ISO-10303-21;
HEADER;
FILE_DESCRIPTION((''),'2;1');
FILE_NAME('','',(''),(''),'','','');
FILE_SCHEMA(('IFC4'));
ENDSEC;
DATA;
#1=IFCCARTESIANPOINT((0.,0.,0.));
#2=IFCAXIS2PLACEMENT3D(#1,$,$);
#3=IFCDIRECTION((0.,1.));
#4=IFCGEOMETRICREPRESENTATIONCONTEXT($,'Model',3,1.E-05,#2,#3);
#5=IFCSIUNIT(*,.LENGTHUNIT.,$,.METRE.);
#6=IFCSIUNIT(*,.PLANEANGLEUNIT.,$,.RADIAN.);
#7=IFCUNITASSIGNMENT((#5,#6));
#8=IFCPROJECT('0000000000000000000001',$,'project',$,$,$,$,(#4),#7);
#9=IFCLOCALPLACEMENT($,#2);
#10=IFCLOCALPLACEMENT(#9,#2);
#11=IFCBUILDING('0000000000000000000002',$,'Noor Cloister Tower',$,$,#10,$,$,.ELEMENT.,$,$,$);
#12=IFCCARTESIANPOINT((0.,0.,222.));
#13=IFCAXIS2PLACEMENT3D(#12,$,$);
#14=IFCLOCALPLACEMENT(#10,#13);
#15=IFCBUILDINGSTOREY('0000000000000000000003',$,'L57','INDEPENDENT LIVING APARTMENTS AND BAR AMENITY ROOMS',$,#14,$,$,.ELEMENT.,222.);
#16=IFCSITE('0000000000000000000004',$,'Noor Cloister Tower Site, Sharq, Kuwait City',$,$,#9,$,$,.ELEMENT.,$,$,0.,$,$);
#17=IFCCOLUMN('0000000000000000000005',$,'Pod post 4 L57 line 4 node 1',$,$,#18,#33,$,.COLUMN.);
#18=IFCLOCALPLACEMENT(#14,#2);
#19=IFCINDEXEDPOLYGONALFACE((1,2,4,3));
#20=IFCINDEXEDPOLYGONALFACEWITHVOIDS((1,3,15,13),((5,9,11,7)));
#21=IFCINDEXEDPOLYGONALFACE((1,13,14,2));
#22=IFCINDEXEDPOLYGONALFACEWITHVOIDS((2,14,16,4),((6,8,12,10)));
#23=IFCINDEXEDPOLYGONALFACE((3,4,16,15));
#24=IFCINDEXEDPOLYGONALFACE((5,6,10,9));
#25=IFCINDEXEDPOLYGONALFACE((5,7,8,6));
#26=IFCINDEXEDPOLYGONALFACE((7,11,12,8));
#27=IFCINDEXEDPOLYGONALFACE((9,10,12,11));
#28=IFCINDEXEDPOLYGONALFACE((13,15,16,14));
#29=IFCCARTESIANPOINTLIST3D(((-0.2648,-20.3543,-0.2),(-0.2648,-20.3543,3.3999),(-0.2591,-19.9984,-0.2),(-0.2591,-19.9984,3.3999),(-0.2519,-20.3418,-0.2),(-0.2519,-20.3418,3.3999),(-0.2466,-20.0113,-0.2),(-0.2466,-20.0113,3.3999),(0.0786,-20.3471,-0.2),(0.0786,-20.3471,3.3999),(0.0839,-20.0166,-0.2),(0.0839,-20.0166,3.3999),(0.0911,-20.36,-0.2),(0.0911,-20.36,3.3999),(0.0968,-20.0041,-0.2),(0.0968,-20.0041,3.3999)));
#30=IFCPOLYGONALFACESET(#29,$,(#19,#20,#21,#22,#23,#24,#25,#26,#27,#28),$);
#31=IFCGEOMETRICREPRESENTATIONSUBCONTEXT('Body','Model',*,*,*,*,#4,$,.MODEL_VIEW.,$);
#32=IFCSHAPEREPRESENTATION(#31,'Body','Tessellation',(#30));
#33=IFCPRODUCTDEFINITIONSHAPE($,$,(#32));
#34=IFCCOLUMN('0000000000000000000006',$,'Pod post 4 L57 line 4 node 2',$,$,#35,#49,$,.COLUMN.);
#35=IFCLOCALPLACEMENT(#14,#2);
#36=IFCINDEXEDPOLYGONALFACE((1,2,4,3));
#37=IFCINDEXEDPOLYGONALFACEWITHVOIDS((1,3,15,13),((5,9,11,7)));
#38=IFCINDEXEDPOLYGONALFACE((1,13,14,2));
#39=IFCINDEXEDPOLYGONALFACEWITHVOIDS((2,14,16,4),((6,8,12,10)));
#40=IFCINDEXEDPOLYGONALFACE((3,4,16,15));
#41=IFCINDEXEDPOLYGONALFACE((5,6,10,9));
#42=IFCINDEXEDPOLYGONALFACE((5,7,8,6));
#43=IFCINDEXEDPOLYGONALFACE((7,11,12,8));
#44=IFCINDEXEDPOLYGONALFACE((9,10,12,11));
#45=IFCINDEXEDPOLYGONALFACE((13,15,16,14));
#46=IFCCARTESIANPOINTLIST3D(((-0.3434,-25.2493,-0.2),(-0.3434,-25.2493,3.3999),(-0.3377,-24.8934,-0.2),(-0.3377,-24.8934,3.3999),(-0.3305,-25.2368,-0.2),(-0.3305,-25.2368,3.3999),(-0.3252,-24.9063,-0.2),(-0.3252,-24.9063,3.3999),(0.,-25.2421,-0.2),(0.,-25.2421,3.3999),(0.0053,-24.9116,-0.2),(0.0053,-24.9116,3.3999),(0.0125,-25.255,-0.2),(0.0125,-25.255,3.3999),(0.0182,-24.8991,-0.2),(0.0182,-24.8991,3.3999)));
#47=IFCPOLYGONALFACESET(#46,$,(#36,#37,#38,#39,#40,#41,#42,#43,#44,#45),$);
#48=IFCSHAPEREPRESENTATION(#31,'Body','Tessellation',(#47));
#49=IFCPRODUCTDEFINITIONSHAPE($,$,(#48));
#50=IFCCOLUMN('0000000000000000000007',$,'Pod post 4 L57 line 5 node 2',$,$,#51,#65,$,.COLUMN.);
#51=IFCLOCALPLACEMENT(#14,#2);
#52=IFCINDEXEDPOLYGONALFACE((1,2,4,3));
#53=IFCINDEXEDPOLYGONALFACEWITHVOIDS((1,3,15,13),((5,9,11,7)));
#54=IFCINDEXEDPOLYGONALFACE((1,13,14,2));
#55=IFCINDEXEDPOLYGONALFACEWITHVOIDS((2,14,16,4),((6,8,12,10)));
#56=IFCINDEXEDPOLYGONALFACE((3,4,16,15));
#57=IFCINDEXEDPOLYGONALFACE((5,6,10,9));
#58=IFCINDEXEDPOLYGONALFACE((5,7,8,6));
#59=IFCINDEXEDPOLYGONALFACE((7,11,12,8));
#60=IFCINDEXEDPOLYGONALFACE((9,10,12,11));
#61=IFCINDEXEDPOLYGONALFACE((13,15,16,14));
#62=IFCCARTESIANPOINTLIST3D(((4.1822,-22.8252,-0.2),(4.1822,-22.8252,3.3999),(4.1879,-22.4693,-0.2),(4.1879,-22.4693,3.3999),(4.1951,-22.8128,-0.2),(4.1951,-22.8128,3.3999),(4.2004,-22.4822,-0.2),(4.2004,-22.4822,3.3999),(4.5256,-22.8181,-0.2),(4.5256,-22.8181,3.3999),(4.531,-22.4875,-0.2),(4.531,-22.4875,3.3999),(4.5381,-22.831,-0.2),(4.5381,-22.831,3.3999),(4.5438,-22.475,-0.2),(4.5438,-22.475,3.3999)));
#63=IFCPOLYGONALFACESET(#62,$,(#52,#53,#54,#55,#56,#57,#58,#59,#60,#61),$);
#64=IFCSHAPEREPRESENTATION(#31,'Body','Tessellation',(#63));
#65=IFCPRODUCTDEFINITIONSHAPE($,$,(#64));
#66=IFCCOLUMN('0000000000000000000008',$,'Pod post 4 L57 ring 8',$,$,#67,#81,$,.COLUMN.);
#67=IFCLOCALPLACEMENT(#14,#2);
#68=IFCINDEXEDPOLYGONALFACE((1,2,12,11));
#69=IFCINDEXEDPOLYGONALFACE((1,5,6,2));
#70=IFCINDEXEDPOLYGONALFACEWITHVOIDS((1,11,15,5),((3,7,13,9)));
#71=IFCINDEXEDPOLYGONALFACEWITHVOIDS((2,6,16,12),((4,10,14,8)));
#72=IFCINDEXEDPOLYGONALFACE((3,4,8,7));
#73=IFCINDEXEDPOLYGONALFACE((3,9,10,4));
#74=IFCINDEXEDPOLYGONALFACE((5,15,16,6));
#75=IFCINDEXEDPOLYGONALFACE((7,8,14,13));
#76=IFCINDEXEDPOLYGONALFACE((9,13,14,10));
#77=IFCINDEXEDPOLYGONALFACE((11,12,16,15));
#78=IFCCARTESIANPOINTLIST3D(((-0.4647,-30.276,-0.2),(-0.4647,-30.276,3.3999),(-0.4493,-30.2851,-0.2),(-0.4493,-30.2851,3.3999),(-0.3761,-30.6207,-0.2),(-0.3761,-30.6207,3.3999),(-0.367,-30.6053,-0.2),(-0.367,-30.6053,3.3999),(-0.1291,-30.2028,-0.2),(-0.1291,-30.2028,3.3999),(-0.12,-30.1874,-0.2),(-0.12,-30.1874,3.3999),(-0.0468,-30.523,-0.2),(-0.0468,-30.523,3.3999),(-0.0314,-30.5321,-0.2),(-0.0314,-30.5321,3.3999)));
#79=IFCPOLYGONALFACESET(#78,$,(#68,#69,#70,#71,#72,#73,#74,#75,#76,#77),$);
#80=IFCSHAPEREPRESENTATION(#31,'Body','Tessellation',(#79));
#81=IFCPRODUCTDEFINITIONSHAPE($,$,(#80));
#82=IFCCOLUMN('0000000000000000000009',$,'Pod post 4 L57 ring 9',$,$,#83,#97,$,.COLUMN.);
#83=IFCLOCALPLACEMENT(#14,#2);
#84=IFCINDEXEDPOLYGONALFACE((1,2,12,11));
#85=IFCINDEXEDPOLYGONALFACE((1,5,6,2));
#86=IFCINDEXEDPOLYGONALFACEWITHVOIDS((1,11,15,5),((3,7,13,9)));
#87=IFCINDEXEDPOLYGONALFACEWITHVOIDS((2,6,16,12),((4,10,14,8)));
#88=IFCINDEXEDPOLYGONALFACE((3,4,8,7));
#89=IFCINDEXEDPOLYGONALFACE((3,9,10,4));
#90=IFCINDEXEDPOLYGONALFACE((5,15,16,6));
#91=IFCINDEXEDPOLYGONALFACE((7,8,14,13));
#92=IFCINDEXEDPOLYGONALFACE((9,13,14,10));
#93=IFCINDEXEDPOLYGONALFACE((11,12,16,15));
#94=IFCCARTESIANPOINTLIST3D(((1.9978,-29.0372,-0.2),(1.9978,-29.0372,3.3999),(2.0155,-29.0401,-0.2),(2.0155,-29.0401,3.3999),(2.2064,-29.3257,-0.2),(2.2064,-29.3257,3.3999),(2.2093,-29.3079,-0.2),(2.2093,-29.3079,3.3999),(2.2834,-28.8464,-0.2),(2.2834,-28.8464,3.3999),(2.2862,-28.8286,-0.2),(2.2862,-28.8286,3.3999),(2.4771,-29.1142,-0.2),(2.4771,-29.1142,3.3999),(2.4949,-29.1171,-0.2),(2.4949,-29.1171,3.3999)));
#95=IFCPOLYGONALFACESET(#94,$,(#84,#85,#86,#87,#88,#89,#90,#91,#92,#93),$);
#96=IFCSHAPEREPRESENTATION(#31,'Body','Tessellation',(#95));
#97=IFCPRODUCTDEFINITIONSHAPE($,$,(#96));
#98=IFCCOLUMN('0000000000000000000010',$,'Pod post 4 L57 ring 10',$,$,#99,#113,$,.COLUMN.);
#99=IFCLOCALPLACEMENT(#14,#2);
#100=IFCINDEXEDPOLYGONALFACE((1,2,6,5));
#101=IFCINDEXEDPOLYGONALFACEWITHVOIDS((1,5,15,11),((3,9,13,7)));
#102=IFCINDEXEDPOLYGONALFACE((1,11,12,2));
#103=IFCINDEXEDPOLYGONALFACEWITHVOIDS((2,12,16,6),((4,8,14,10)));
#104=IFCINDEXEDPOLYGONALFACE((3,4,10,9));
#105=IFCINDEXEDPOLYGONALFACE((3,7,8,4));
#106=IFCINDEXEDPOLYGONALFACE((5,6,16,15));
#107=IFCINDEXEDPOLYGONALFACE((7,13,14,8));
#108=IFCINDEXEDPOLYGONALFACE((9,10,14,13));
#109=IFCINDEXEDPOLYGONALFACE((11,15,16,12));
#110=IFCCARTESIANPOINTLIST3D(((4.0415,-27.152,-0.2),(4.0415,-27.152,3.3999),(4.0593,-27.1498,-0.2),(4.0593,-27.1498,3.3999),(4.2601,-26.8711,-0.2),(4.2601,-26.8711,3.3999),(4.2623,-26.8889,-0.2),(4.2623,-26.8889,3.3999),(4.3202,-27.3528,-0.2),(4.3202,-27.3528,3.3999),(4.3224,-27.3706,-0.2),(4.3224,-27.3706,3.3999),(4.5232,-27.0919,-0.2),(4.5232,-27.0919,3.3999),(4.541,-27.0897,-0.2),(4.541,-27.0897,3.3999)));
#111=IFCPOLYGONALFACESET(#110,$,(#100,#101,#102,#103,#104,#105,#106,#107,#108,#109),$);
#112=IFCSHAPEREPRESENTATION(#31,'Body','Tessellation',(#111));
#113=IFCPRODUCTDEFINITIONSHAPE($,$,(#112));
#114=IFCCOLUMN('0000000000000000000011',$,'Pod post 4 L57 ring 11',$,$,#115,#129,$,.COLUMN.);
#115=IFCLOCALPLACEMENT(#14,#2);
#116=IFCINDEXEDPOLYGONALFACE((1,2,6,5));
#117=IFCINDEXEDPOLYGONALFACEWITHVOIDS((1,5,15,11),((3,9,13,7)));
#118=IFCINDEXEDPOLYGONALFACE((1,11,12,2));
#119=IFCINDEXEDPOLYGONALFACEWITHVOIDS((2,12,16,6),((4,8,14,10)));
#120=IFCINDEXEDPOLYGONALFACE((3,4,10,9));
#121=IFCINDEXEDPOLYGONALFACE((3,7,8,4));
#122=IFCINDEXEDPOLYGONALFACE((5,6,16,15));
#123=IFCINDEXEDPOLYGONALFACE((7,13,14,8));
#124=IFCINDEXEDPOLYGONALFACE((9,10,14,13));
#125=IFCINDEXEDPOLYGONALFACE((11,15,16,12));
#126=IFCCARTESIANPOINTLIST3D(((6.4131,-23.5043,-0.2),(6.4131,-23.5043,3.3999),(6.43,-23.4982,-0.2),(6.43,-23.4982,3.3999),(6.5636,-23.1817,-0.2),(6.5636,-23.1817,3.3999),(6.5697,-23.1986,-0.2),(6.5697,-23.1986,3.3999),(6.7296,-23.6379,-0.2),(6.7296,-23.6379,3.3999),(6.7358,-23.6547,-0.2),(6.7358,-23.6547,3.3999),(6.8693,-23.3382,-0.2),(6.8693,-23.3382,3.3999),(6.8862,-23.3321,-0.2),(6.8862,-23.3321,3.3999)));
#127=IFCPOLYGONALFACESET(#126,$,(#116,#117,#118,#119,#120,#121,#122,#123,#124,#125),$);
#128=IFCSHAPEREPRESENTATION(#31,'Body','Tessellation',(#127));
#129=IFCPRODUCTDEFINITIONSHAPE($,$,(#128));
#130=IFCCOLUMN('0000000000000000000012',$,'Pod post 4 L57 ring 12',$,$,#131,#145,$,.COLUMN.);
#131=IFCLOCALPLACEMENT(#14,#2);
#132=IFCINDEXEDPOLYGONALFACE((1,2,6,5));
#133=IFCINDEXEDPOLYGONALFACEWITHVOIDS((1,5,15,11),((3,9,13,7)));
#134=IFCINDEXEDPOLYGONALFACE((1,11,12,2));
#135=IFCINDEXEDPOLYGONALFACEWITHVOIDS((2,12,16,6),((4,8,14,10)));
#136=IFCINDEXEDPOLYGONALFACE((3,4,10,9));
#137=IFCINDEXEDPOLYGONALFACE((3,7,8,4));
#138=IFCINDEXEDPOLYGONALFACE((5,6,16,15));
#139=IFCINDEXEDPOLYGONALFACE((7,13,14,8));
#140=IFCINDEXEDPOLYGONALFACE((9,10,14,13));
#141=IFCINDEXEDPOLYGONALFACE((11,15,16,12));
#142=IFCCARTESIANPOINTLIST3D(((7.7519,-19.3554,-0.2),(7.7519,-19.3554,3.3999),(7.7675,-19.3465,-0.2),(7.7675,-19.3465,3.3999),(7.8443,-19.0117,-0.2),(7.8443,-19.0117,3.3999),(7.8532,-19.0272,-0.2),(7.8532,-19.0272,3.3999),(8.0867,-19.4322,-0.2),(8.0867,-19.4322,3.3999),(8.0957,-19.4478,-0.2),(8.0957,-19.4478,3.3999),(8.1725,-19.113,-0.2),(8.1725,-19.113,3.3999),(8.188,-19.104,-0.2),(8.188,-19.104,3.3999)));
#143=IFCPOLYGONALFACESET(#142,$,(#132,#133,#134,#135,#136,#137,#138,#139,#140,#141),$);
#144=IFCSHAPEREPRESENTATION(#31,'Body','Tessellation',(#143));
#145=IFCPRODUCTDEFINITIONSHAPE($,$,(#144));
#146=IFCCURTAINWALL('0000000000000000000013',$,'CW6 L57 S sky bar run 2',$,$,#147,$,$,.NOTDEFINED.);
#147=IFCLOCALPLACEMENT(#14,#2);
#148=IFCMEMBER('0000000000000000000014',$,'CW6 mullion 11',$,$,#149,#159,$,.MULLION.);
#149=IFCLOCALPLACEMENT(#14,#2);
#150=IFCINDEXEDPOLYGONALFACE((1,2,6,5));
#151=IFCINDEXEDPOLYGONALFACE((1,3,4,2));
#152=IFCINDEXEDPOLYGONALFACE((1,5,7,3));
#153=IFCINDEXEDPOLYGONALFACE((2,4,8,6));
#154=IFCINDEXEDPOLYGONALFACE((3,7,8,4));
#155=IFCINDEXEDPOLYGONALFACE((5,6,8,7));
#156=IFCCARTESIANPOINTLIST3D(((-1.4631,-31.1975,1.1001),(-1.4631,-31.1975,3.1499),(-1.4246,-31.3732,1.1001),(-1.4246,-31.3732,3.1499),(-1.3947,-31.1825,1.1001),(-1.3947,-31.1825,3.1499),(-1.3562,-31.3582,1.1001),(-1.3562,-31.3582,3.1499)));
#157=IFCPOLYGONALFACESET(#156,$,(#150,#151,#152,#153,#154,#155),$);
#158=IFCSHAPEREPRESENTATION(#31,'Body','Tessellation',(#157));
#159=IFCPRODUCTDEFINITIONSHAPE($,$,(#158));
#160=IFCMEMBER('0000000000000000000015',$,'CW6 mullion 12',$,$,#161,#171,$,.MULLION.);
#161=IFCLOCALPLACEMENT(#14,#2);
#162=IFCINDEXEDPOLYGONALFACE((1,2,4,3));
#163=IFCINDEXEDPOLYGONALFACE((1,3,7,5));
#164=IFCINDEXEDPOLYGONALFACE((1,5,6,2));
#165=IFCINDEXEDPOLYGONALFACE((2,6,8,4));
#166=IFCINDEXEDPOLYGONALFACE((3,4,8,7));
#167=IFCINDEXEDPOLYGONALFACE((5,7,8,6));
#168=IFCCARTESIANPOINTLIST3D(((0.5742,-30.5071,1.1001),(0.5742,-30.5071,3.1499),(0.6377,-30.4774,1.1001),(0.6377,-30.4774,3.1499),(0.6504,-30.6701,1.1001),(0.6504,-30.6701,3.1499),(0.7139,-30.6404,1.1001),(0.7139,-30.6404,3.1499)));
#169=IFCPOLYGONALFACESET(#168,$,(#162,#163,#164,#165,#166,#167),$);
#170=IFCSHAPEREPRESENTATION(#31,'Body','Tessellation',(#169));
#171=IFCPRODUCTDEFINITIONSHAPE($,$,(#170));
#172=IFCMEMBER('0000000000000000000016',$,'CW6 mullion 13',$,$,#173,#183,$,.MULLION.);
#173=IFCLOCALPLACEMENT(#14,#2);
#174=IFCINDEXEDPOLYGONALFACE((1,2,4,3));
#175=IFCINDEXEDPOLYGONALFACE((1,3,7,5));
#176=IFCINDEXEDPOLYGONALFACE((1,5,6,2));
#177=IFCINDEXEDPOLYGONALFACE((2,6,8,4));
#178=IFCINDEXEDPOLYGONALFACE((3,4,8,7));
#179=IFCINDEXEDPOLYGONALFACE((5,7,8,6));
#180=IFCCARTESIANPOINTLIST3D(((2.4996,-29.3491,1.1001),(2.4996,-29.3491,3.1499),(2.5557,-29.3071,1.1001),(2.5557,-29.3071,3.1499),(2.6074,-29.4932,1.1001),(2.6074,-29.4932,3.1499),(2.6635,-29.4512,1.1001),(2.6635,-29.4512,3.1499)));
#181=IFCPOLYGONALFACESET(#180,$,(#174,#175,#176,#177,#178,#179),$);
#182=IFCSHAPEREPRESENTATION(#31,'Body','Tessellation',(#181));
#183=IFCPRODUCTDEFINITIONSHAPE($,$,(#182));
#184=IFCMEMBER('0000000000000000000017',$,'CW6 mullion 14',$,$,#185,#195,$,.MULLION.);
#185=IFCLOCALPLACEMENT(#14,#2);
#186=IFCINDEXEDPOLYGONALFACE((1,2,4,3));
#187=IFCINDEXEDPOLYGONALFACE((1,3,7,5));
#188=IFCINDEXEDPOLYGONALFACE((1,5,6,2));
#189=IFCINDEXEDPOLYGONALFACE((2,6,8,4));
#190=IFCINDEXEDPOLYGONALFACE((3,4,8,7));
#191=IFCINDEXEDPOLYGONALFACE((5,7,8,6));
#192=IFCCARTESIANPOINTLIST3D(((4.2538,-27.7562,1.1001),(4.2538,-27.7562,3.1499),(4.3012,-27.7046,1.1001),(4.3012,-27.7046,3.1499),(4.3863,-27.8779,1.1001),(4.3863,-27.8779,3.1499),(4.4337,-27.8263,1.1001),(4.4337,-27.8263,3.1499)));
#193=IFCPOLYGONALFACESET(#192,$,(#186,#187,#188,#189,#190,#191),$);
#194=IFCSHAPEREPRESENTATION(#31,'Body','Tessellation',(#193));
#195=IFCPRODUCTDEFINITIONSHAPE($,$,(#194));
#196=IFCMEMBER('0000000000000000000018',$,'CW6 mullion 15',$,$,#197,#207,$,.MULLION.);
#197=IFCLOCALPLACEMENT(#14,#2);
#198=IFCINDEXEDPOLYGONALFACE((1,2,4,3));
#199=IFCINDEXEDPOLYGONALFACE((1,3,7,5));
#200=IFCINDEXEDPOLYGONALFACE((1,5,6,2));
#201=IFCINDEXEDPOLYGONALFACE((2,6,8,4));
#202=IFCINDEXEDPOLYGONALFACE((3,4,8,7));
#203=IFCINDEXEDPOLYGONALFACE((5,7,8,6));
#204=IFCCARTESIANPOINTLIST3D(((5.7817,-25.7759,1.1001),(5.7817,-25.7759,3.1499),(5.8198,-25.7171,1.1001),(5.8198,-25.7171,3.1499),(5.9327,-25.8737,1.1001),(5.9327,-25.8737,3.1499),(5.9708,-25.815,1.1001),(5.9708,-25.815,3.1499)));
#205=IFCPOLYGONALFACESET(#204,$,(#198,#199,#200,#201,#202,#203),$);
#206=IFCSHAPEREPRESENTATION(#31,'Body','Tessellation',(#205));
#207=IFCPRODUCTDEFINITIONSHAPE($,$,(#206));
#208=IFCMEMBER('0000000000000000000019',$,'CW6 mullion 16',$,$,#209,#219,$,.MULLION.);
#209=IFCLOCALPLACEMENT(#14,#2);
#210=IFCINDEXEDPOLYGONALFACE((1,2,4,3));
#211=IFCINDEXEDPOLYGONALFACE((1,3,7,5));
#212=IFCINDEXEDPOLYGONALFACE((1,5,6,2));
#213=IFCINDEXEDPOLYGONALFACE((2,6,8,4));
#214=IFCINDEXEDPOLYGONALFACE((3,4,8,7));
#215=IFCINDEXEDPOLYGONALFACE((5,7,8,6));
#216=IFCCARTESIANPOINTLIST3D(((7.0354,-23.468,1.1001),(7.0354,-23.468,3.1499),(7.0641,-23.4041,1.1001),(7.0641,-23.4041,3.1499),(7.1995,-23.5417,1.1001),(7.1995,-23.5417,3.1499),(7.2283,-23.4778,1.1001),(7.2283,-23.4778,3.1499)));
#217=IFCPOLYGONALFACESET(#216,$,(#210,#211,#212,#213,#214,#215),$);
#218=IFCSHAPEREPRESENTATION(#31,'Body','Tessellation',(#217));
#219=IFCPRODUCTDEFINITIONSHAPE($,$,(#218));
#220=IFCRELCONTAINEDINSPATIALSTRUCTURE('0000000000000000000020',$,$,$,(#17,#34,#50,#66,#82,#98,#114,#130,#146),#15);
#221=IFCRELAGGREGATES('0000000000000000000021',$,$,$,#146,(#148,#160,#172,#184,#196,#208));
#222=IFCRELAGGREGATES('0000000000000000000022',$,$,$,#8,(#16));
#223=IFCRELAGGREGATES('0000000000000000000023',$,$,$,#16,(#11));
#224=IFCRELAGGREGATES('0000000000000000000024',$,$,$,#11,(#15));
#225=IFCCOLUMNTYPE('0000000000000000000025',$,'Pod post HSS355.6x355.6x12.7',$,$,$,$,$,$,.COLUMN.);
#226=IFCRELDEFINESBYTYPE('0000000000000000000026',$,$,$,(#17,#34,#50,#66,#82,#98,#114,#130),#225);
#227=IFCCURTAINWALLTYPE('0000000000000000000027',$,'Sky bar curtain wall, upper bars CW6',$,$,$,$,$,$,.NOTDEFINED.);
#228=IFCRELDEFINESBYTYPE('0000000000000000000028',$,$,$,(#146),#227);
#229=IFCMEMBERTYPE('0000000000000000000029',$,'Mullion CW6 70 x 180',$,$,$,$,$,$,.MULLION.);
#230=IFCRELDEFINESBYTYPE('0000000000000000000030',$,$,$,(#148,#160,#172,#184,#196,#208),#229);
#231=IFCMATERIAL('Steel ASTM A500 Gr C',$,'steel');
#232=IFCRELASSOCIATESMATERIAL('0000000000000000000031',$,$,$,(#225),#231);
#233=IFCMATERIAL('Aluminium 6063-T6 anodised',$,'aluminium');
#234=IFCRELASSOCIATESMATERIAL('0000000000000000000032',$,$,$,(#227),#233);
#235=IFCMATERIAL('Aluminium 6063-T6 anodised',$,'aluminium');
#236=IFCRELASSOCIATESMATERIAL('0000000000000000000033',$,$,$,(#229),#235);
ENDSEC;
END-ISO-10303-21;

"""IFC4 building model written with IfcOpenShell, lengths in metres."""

from ifc_helpers import new_model, si_unit, direction, frame, origin, origin_2d, place, context, subcontext, project, spatial, rectangle, hollow_rectangle, extrude, material, material_profile, profile_set, type_object, element, aggregate, save


model = new_model("IFC4")

# Units and contexts
model_context = context("Model", 3, precision=1e-05, world=origin(), true_north=direction((0.0, 1.0)))
body_context = subcontext(model_context, "Body", "Model", "MODEL_VIEW")
ifc_project = project(units=[si_unit("LENGTHUNIT", "METRE"), si_unit("PLANEANGLEUNIT", "RADIAN")], contexts=[model_context])

# Site, building, storey
site_placement = place(None, origin())
site = spatial("IfcSite", under=ifc_project, at=site_placement, Name="Noor Cloister Tower Site, Sharq, Kuwait City", CompositionType="ELEMENT", RefElevation=0.0)
building_placement = place(site_placement, origin())
building = spatial("IfcBuilding", under=site, at=building_placement, Name="Noor Cloister Tower", CompositionType="ELEMENT")
storey_placement = place(building_placement, frame((0.0, 0.0, 222.0)))
storey = spatial("IfcBuildingStorey", under=building, at=storey_placement, Name="L57", Description="INDEPENDENT LIVING APARTMENTS AND BAR AMENITY ROOMS", CompositionType="ELEMENT", Elevation=222.0)

# Columns
ifc_material_1 = material(Name="Steel ASTM A500 Gr C", Category="steel")
ifc_material_profile_1 = material_profile(ifc_material_1, hollow_rectangle(XDim=0.356, YDim=0.356, WallThickness=0.0127, at=origin_2d()), Name="HSS355.6x355.6x12.7")
ifc_profile_set_1 = profile_set([ifc_material_profile_1], Name="Steel ASTM A500 Gr C")
column_type = type_object("IfcColumnType", Name="Pod post HSS355.6x355.6x12.7", PredefinedType="COLUMN", material=ifc_profile_set_1)
for number, where, z_axis, x_axis, name in (
    (1, (-0.084, -20.1792, -0.2), (0.0, 0.0, 1.0), (-0.016039, -0.999871, 0.0), "Pod post 4 L57 line 4 node 1"),
    (2, (-0.1626, -25.0742, -0.2), (0.0, 0.0, 1.0), (-0.016039, -0.999871, 0.0), "Pod post 4 L57 line 4 node 2"),
    (3, (4.363, -22.6501, -0.2), (0.0, 0.0, 1.0), (-0.016039, -0.999871, 0.0), "Pod post 4 L57 line 5 node 2"),
    (4, (-0.248, -30.4041, -0.2), (0.0, 0.0, 1.0), (0.968528, 0.248905, 0.0), "Pod post 4 L57 ring 8"),
    (5, (2.2463, -29.0771, -0.2), (0.0, 0.0, 1.0), (0.810277, 0.586046, 0.0), "Pod post 4 L57 ring 9"),
    (6, (4.2913, -27.1208, -0.2), (0.0, 0.0, 1.0), (0.614122, 0.789211, 0.0), "Pod post 4 L57 ring 10"),
    (7, (6.6497, -23.4182, -0.2), (0.0, 0.0, 1.0), (0.422538, 0.906345, 0.0), "Pod post 4 L57 ring 11"),
    (8, (7.97, -19.2297, -0.2), (0.0, 0.0, 1.0), (0.259465, 0.965752, 0.0), "Pod post 4 L57 ring 12"),
):
    element("IfcColumn", number, at=place(storey_placement, frame(where, z_axis=z_axis, x_axis=x_axis)), inside=storey, type_object=column_type, Name=name, PredefinedType="COLUMN", context=body_context, shape_type="SweptSolid", body=[
        extrude(hollow_rectangle(XDim=0.356, YDim=0.356, WallThickness=0.0127, at=origin_2d()), origin(), (0.0, 0.0, 1.0), 3.5999),
    ])

# Curtain wall, members
ifc_material_2 = material(Name="Aluminium 6063-T6 anodised", Category="aluminium")
curtain_wall_type = type_object("IfcCurtainWallType", Name="Sky bar curtain wall, upper bars CW6", PredefinedType="NOTDEFINED", material=ifc_material_2)
curtain_wall_placement = place(storey_placement, origin())
curtain_wall = element("IfcCurtainWall", 9, at=curtain_wall_placement, inside=storey, type_object=curtain_wall_type, Name="CW6 L57 S sky bar run 2", PredefinedType="NOTDEFINED")
ifc_material_3 = material(Name="Aluminium 6063-T6 anodised", Category="aluminium")
ifc_material_profile_2 = material_profile(ifc_material_3, rectangle(XDim=0.1799, YDim=0.0701, at=origin_2d()), Name="180 x 70 mullion")
ifc_profile_set_2 = profile_set([ifc_material_profile_2], Name="Aluminium 6063-T6 anodised")
member_type = type_object("IfcMemberType", Name="Mullion CW6 70 x 180", PredefinedType="MULLION", material=ifc_profile_set_2)
member_1_placement = place(storey_placement, frame((-1.4097, -31.2778, 1.1001), z_axis=(0.0, 0.0, 1.0), x_axis=(-0.214056, 0.976821, 0.0)))
member_1 = element("IfcMember", 10, at=member_1_placement, type_object=member_type, Name="CW6 mullion 11", PredefinedType="MULLION", context=body_context, shape_type="SweptSolid", body=[
    extrude(rectangle(XDim=0.1799, YDim=0.0701, at=origin_2d()), origin(), (0.0, 0.0, 1.0), 2.0498),
])
member_2_placement = place(storey_placement, frame((0.644, -30.5737, 1.1001), z_axis=(0.0, 0.0, 1.0), x_axis=(-0.423615, 0.905842, 0.0)))
member_2 = element("IfcMember", 11, at=member_2_placement, type_object=member_type, Name="CW6 mullion 12", PredefinedType="MULLION", context=body_context, shape_type="SweptSolid", body=[
    extrude(rectangle(XDim=0.1799, YDim=0.0701, at=origin_2d()), origin(), (0.0, 0.0, 1.0), 2.0498),
])
member_3_placement = place(storey_placement, frame((2.5815, -29.4001, 1.1001), z_axis=(0.0, 0.0, 1.0), x_axis=(-0.599035, 0.800723, 0.0)))
member_3 = element("IfcMember", 12, at=member_3_placement, type_object=member_type, Name="CW6 mullion 13", PredefinedType="MULLION", context=body_context, shape_type="SweptSolid", body=[
    extrude(rectangle(XDim=0.1799, YDim=0.0701, at=origin_2d()), origin(), (0.0, 0.0, 1.0), 2.0498),
])
member_4_placement = place(storey_placement, frame((4.3438, -27.7913, 1.1001), z_axis=(0.0, 0.0, 1.0), x_axis=(-0.736555, 0.676377, 0.0)))
member_4 = element("IfcMember", 13, at=member_4_placement, type_object=member_type, Name="CW6 mullion 14", PredefinedType="MULLION", context=body_context, shape_type="SweptSolid", body=[
    extrude(rectangle(XDim=0.1799, YDim=0.0701, at=origin_2d()), origin(), (0.0, 0.0, 1.0), 2.0498),
])
member_5_placement = place(storey_placement, frame((5.8762, -25.7954, 1.1001), z_axis=(0.0, 0.0, 1.0), x_axis=(-0.839087, 0.543997, 0.0)))
member_5 = element("IfcMember", 14, at=member_5_placement, type_object=member_type, Name="CW6 mullion 15", PredefinedType="MULLION", context=body_context, shape_type="SweptSolid", body=[
    extrude(rectangle(XDim=0.1799, YDim=0.0701, at=origin_2d()), origin(), (0.0, 0.0, 1.0), 2.0498),
])
member_6_placement = place(storey_placement, frame((7.1318, -23.4729, 1.1001), z_axis=(0.0, 0.0, 1.0), x_axis=(-0.91207, 0.410035, 0.0)))
member_6 = element("IfcMember", 15, at=member_6_placement, type_object=member_type, Name="CW6 mullion 16", PredefinedType="MULLION", context=body_context, shape_type="SweptSolid", body=[
    extrude(rectangle(XDim=0.1799, YDim=0.0701, at=origin_2d()), origin(), (0.0, 0.0, 1.0), 2.0498),
])

aggregate(curtain_wall, [member_1, member_2, member_3, member_4, member_5, member_6])

save(model, "model.ifc")
